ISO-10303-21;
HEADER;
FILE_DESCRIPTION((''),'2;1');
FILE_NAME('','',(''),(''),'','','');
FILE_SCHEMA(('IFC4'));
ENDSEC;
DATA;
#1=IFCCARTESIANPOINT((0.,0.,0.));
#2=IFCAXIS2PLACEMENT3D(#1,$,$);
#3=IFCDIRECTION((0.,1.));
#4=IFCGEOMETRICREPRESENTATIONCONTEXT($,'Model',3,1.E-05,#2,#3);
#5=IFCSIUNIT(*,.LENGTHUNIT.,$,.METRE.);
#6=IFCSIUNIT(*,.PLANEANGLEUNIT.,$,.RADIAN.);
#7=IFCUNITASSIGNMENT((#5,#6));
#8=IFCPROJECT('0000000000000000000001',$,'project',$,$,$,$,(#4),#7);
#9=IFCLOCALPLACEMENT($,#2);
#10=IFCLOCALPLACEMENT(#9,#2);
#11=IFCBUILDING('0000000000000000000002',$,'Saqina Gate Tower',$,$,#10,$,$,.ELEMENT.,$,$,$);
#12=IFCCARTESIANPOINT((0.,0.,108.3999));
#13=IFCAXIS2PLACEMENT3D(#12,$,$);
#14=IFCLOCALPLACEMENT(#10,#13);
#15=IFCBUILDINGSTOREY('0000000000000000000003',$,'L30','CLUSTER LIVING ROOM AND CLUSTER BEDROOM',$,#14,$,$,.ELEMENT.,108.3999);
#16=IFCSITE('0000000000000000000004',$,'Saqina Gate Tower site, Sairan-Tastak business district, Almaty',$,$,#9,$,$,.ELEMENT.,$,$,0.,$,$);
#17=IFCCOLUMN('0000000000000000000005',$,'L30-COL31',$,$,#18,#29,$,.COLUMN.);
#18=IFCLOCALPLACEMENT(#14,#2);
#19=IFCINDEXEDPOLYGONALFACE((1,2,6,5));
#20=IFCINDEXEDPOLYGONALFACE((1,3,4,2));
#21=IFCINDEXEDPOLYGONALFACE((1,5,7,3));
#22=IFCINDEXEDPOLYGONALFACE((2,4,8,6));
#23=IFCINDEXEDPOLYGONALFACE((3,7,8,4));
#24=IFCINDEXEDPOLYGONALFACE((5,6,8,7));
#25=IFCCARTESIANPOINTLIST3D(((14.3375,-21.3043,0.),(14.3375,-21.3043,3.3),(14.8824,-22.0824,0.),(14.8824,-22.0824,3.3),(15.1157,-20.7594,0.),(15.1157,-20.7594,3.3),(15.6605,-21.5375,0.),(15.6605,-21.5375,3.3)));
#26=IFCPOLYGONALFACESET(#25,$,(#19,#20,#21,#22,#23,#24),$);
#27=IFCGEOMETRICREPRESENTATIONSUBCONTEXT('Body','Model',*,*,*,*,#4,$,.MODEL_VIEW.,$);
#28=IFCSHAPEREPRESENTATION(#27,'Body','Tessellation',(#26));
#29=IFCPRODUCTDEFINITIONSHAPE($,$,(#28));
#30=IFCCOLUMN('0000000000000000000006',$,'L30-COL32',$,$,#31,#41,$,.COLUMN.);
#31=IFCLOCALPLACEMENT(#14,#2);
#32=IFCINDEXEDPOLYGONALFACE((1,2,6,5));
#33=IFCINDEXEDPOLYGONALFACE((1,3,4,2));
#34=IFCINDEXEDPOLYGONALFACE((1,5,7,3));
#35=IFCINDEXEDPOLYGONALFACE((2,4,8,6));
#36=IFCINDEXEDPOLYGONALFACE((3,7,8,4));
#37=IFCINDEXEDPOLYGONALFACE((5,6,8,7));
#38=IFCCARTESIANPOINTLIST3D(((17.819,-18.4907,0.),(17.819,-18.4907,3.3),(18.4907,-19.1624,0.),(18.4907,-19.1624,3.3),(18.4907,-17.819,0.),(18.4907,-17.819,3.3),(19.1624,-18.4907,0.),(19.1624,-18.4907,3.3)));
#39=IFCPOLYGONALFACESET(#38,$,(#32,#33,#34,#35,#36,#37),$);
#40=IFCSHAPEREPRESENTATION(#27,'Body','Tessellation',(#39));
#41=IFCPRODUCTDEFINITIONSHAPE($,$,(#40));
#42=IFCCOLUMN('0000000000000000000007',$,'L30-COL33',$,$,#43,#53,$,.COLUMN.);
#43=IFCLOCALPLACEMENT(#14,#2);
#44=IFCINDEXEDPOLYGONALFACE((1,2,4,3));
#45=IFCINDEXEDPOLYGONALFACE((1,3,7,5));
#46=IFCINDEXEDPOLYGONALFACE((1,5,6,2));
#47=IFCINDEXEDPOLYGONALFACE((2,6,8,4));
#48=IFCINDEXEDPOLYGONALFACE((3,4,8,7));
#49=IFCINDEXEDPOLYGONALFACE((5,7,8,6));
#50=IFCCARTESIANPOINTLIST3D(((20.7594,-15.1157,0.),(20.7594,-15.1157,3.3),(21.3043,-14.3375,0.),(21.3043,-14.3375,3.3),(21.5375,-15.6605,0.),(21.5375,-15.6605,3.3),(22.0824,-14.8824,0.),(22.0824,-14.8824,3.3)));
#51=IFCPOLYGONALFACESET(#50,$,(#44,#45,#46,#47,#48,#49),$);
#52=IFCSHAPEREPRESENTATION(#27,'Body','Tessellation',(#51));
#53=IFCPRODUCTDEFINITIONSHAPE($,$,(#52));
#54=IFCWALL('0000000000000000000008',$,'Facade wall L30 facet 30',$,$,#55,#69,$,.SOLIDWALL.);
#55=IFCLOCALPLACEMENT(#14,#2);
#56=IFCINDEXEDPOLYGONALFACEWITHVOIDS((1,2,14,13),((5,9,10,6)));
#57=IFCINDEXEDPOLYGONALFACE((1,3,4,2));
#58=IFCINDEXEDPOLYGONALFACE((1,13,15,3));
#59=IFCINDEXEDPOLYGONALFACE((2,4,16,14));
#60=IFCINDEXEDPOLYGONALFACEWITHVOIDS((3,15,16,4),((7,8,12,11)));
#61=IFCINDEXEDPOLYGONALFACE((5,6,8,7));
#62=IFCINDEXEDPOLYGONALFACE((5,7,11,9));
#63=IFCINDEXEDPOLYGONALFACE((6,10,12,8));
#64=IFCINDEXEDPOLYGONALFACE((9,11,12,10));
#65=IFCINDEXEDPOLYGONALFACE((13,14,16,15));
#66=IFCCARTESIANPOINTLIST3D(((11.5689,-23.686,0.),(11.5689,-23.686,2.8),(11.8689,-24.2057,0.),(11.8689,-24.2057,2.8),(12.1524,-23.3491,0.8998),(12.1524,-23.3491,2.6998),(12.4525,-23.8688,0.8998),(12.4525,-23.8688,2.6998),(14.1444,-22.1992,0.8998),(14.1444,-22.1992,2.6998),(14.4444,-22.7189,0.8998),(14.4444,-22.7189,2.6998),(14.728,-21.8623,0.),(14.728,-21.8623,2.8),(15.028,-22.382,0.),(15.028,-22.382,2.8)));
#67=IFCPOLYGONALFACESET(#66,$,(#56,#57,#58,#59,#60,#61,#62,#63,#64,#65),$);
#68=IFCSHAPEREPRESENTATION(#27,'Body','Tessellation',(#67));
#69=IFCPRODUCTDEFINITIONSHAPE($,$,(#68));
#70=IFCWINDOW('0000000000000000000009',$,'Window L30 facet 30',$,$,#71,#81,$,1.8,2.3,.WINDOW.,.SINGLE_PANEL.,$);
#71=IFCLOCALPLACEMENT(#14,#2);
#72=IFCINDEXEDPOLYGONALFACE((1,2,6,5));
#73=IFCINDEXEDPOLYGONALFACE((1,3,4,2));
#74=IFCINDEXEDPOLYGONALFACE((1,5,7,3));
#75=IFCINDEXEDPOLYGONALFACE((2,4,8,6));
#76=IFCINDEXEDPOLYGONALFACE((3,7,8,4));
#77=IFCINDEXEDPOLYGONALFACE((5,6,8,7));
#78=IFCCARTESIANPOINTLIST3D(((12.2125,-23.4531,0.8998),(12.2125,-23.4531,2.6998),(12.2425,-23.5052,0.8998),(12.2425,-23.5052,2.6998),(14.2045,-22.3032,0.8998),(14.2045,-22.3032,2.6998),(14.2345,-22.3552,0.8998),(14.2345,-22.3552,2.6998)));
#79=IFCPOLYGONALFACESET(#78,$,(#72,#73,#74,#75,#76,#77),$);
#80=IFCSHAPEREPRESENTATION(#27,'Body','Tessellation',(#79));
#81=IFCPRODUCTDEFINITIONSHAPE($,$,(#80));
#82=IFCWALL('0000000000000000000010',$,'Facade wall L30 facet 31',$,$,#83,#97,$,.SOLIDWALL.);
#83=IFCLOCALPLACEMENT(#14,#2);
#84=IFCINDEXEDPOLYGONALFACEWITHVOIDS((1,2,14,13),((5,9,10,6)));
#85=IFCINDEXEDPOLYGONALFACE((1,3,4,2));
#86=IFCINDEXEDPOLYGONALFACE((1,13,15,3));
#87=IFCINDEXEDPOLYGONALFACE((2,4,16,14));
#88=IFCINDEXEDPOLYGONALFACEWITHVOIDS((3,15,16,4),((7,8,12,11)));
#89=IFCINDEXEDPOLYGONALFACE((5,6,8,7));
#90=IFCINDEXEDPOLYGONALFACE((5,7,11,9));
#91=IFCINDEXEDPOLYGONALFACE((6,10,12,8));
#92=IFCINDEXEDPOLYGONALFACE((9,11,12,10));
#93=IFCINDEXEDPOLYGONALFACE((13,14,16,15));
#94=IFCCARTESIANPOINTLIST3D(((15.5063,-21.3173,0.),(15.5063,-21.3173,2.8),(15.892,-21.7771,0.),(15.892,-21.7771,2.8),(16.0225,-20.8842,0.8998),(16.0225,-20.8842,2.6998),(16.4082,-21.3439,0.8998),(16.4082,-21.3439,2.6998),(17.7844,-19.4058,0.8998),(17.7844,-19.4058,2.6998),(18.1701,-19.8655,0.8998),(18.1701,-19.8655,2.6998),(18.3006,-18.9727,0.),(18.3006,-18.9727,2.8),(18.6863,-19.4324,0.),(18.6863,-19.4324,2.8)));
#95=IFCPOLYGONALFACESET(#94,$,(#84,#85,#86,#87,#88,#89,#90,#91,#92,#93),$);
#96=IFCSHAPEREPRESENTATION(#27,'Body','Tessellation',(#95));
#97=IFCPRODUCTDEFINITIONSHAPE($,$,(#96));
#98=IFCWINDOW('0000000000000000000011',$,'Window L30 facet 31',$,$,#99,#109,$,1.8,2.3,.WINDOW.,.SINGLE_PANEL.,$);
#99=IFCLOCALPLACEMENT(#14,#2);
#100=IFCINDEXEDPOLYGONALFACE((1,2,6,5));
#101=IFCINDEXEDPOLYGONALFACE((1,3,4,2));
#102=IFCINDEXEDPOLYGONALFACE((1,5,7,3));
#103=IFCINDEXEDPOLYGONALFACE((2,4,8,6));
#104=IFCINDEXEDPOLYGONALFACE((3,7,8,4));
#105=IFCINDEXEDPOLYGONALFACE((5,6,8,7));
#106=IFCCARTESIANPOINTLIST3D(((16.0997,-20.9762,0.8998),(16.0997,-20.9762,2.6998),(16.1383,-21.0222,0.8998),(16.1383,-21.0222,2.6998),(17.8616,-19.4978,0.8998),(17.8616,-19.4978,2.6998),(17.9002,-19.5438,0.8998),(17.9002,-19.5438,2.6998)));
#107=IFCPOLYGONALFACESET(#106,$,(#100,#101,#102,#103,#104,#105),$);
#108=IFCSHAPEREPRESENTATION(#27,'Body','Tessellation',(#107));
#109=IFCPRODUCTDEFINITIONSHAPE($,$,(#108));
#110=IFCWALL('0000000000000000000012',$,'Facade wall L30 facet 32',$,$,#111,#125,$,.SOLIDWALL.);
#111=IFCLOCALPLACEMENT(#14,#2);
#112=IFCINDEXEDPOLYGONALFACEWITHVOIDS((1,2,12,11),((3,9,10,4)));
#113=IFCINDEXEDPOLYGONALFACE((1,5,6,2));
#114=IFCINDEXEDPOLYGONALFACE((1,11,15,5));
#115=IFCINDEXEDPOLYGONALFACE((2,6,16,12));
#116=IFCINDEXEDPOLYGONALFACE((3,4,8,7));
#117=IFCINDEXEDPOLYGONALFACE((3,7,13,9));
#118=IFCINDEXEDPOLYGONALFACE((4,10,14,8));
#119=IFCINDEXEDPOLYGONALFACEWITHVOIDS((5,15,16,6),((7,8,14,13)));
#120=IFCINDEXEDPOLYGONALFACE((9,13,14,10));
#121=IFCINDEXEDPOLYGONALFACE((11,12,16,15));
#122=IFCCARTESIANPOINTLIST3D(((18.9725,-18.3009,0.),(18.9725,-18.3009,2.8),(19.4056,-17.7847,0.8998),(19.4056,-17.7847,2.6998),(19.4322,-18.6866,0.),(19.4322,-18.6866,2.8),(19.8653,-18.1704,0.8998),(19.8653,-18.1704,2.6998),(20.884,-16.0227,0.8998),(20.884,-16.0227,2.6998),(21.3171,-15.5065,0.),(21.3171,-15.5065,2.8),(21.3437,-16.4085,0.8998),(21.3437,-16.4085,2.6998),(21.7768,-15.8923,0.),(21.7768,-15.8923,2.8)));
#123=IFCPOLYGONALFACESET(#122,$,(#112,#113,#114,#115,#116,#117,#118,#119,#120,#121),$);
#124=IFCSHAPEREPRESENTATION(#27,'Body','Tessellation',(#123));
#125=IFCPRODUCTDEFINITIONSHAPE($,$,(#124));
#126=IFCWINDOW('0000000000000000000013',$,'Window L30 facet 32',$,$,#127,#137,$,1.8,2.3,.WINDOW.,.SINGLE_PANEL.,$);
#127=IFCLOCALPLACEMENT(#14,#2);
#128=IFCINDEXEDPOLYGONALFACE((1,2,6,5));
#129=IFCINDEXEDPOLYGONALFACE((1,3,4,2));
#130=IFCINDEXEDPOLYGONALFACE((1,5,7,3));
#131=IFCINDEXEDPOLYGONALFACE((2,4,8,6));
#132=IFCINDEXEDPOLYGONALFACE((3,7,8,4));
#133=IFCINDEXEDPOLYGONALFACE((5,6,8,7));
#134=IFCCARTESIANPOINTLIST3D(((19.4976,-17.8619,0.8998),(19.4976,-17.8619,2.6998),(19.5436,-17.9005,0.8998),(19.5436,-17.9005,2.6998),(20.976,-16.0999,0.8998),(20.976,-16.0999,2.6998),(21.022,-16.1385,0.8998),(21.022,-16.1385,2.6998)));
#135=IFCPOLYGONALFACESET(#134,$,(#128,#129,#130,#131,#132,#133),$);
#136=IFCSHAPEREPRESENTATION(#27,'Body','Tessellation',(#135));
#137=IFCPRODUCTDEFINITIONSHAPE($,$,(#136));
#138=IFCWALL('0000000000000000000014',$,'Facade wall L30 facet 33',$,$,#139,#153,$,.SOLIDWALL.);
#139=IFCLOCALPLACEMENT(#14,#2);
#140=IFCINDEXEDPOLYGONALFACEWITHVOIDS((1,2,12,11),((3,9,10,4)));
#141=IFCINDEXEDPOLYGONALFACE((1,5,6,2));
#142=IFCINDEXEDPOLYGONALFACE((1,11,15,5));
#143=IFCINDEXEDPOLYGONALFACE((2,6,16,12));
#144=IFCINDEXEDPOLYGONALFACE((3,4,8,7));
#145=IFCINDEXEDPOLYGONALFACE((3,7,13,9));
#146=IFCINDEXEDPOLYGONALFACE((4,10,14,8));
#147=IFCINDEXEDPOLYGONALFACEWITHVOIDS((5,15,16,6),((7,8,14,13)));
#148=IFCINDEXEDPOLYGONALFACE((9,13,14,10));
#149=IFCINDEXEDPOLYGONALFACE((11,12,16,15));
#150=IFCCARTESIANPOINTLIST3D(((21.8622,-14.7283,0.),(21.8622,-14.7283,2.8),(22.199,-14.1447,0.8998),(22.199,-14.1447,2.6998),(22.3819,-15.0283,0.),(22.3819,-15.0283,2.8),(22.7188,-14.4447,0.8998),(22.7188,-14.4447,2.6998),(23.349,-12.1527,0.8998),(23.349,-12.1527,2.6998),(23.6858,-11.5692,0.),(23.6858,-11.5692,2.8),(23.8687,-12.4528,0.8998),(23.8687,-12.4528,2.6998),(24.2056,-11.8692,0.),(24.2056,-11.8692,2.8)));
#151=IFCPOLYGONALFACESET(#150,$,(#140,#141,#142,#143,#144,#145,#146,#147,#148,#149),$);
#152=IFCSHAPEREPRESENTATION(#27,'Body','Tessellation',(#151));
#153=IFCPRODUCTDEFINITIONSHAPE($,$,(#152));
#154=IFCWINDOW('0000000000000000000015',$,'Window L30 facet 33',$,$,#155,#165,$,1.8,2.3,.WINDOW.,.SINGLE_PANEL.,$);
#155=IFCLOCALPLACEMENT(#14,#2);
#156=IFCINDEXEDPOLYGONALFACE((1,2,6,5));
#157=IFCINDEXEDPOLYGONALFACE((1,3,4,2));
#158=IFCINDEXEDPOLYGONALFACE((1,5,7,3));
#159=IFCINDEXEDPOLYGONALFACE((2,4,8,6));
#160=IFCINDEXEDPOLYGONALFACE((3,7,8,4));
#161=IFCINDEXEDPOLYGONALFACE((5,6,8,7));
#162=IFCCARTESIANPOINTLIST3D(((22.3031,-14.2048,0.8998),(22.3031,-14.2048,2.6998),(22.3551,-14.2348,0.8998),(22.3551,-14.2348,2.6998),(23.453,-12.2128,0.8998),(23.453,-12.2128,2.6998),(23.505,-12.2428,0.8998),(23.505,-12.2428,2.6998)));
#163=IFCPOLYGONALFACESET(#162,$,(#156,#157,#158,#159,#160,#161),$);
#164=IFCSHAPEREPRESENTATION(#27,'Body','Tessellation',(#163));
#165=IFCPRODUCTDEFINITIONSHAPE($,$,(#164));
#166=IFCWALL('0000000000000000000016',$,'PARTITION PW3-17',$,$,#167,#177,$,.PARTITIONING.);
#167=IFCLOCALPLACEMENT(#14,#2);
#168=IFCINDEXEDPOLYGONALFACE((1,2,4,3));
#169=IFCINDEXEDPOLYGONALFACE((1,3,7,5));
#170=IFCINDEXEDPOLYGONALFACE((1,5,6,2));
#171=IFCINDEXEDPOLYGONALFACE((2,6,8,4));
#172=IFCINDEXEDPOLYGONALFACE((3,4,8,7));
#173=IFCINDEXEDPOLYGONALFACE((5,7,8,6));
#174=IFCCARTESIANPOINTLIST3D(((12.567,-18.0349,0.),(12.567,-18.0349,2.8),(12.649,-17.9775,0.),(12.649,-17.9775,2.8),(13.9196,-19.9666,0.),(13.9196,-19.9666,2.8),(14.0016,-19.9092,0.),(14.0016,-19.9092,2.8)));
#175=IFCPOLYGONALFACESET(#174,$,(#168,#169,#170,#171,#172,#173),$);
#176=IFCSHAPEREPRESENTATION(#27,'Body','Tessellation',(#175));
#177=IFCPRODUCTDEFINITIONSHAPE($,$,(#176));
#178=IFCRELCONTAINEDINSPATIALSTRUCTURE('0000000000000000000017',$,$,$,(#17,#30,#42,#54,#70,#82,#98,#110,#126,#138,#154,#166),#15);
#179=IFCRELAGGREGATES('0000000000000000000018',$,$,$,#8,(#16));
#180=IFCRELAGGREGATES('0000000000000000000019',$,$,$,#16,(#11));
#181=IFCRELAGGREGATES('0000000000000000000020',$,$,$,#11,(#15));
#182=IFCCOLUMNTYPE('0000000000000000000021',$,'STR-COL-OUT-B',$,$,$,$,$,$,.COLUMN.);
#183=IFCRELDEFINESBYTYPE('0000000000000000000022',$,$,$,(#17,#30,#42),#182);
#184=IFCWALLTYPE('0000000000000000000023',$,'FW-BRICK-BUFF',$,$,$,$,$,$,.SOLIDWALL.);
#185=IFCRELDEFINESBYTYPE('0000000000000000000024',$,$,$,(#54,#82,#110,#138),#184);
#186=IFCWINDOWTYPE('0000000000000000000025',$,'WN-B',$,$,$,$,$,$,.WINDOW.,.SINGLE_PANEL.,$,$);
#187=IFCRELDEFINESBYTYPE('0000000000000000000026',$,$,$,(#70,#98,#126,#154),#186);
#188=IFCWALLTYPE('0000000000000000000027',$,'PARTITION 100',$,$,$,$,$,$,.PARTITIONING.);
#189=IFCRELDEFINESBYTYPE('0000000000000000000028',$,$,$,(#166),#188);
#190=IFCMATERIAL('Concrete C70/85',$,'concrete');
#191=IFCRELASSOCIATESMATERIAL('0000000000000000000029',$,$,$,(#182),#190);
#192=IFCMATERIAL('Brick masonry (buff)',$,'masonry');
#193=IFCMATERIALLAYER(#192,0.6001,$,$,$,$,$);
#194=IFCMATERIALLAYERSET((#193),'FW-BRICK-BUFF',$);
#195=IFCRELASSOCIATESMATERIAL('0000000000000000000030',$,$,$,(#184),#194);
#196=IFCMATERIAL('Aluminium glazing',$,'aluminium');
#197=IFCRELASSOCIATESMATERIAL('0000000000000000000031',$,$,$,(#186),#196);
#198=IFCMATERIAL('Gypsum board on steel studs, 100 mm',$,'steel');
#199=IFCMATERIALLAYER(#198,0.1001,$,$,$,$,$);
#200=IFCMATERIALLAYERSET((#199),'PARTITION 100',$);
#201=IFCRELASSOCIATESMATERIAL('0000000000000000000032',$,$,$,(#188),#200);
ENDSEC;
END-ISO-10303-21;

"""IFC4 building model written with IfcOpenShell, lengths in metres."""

from ifc_helpers import new_model, si_unit, direction, frame, frame_2d, origin, origin_2d, place, context, subcontext, project, spatial, rectangle, extrude, material, layer, layer_set, material_profile, profile_set, type_object, element, fill, save


model = new_model("IFC4")

# Units and contexts
model_context = context("Model", 3, precision=1e-05, world=origin(), true_north=direction((0.0, 1.0)))
body_context = subcontext(model_context, "Body", "Model", "MODEL_VIEW")
ifc_project = project(units=[si_unit("LENGTHUNIT", "METRE"), si_unit("PLANEANGLEUNIT", "RADIAN")], contexts=[model_context])

# Site, building, storey
site_placement = place(None, origin())
site = spatial("IfcSite", under=ifc_project, at=site_placement, Name="Saqina Gate Tower site, Sairan-Tastak business district, Almaty", CompositionType="ELEMENT", RefElevation=0.0)
building_placement = place(site_placement, origin())
building = spatial("IfcBuilding", under=site, at=building_placement, Name="Saqina Gate Tower", CompositionType="ELEMENT")
storey_placement = place(building_placement, frame((0.0, 0.0, 108.3999)))
storey = spatial("IfcBuildingStorey", under=building, at=storey_placement, Name="L30", Description="CLUSTER LIVING ROOM AND CLUSTER BEDROOM", CompositionType="ELEMENT", Elevation=108.3999)

# Columns
ifc_material_1 = material(Name="Concrete C70/85", Category="concrete")
ifc_material_profile = material_profile(ifc_material_1, rectangle(XDim=0.95, YDim=0.95, at=origin_2d()), Name="RC 950x950")
ifc_profile_set = profile_set([ifc_material_profile], Name="Concrete C70/85")
column_type = type_object("IfcColumnType", Name="STR-COL-OUT-B", PredefinedType="COLUMN", material=ifc_profile_set)
for number, where, z_axis, x_axis, name in (
    (1, (14.999, -21.4209, 0.0), (0.0, 0.0, 1.0), (0.573576, -0.819152, 0.0), "L30-COL31"),
    (2, (18.4907, -18.4907, 0.0), (0.0, 0.0, 1.0), (0.707107, -0.707107, 0.0), "L30-COL32"),
    (3, (21.4209, -14.999, 0.0), (0.0, 0.0, 1.0), (0.819152, -0.573576, 0.0), "L30-COL33"),
):
    element("IfcColumn", number, at=place(storey_placement, frame(where, z_axis=z_axis, x_axis=x_axis)), inside=storey, type_object=column_type, Name=name, PredefinedType="COLUMN", context=body_context, shape_type="SweptSolid", body=[
        extrude(rectangle(XDim=0.95, YDim=0.95, at=origin_2d()), origin(), (0.0, 0.0, 1.0), 3.3),
    ])

# Walls, openings, windows
ifc_material_2 = material(Name="Brick masonry (buff)", Category="masonry")
ifc_layer_1 = layer(ifc_material_2, 0.6001)
ifc_layer_set_1 = layer_set([ifc_layer_1], Name="FW-BRICK-BUFF")
wall_type_1 = type_object("IfcWallType", Name="FW-BRICK-BUFF", PredefinedType="SOLIDWALL", material=ifc_layer_set_1)
wall_1_placement = place(storey_placement, frame((11.719, -23.9458, 0.0), z_axis=(0.0, 0.0, 1.0), x_axis=(0.866052, 0.499954, 0.0)))
wall_1 = element("IfcWall", 4, at=wall_1_placement, inside=storey, type_object=wall_type_1, Name="Facade wall L30 facet 30", PredefinedType="SOLIDWALL", context=body_context, shape_type="SweptSolid", body=[
    extrude(rectangle(XDim=3.6477, YDim=0.6001, at=frame_2d((1.8237, 0.0))), origin(), (0.0, 0.0, 1.0), 2.8),
])
opening_1_placement = place(wall_1_placement, frame((0.6738, 0.0, 0.8999)))
opening_1 = element("IfcOpeningElement", 5, at=opening_1_placement, cuts=wall_1, PredefinedType="OPENING", context=body_context, shape_type="SweptSolid", body=[
    extrude(rectangle(XDim=2.3, YDim=1.8, at=frame_2d((1.1499, 0.8999))), frame((0.0, 0.312, 0.0), z_axis=(0.0, -1.0, 0.0), x_axis=(1.0, 0.0, 0.0)), (0.0, 0.0, 1.0), 0.624),
])
ifc_material_3 = material(Name="Aluminium glazing", Category="aluminium")
window_type = type_object("IfcWindowType", Name="WN-B", PartitioningType="SINGLE_PANEL", PredefinedType="WINDOW", material=ifc_material_3)
window_1_placement = place(opening_1_placement, origin())
window_1 = element("IfcWindow", 6, at=window_1_placement, inside=storey, type_object=window_type, Name="Window L30 facet 30", OverallHeight=1.8, OverallWidth=2.3, PartitioningType="SINGLE_PANEL", PredefinedType="WINDOW", context=body_context, shape_type="SweptSolid", body=[
    extrude(rectangle(XDim=2.3, YDim=1.8, at=frame_2d((1.1499, 0.8999))), frame((0.0, 0.1799, 0.0), z_axis=(0.0, -1.0, 0.0), x_axis=(1.0, 0.0, 0.0)), (0.0, 0.0, 1.0), 0.0601),
])
fill(opening_1, window_1)
wall_2_placement = place(storey_placement, frame((15.6992, -21.5471, 0.0), z_axis=(0.0, 0.0, 1.0), x_axis=(0.766055, 0.642774, 0.0)))
wall_2 = element("IfcWall", 7, at=wall_2_placement, inside=storey, type_object=wall_type_1, Name="Facade wall L30 facet 31", PredefinedType="SOLIDWALL", context=body_context, shape_type="SweptSolid", body=[
    extrude(rectangle(XDim=3.6477, YDim=0.6001, at=frame_2d((1.8237, 0.0))), origin(), (0.0, 0.0, 1.0), 2.8),
])
opening_2_placement = place(wall_2_placement, frame((0.6738, 0.0, 0.8999)))
opening_2 = element("IfcOpeningElement", 8, at=opening_2_placement, cuts=wall_2, PredefinedType="OPENING", context=body_context, shape_type="SweptSolid", body=[
    extrude(rectangle(XDim=2.3, YDim=1.8, at=frame_2d((1.1499, 0.8999))), frame((0.0, 0.312, 0.0), z_axis=(0.0, -1.0, 0.0), x_axis=(1.0, 0.0, 0.0)), (0.0, 0.0, 1.0), 0.624),
])
window_2_placement = place(opening_2_placement, origin())
window_2 = element("IfcWindow", 9, at=window_2_placement, inside=storey, type_object=window_type, Name="Window L30 facet 31", OverallHeight=1.8, OverallWidth=2.3, PartitioningType="SINGLE_PANEL", PredefinedType="WINDOW", context=body_context, shape_type="SweptSolid", body=[
    extrude(rectangle(XDim=2.3, YDim=1.8, at=frame_2d((1.1499, 0.8999))), frame((0.0, 0.1799, 0.0), z_axis=(0.0, -1.0, 0.0), x_axis=(1.0, 0.0, 0.0)), (0.0, 0.0, 1.0), 0.0601),
])
fill(opening_2, window_2)
wall_3_placement = place(storey_placement, frame((19.2024, -18.4937, 0.0), z_axis=(0.0, 0.0, 1.0), x_axis=(0.642774, 0.766055, 0.0)))
wall_3 = element("IfcWall", 10, at=wall_3_placement, inside=storey, type_object=wall_type_1, Name="Facade wall L30 facet 32", PredefinedType="SOLIDWALL", context=body_context, shape_type="SweptSolid", body=[
    extrude(rectangle(XDim=3.6477, YDim=0.6001, at=frame_2d((1.8237, 0.0))), origin(), (0.0, 0.0, 1.0), 2.8),
])
opening_3_placement = place(wall_3_placement, frame((0.6738, 0.0, 0.8999)))
opening_3 = element("IfcOpeningElement", 11, at=opening_3_placement, cuts=wall_3, PredefinedType="OPENING", context=body_context, shape_type="SweptSolid", body=[
    extrude(rectangle(XDim=2.3, YDim=1.8, at=frame_2d((1.1499, 0.8999))), frame((0.0, 0.312, 0.0), z_axis=(0.0, -1.0, 0.0), x_axis=(1.0, 0.0, 0.0)), (0.0, 0.0, 1.0), 0.624),
])
window_3_placement = place(opening_3_placement, origin())
window_3 = element("IfcWindow", 12, at=window_3_placement, inside=storey, type_object=window_type, Name="Window L30 facet 32", OverallHeight=1.8, OverallWidth=2.3, PartitioningType="SINGLE_PANEL", PredefinedType="WINDOW", context=body_context, shape_type="SweptSolid", body=[
    extrude(rectangle(XDim=2.3, YDim=1.8, at=frame_2d((1.1499, 0.8999))), frame((0.0, 0.1799, 0.0), z_axis=(0.0, -1.0, 0.0), x_axis=(1.0, 0.0, 0.0)), (0.0, 0.0, 1.0), 0.0601),
])
fill(opening_3, window_3)
wall_4_placement = place(storey_placement, frame((22.1221, -14.8782, 0.0), z_axis=(0.0, 0.0, 1.0), x_axis=(0.499954, 0.866052, 0.0)))
wall_4 = element("IfcWall", 13, at=wall_4_placement, inside=storey, type_object=wall_type_1, Name="Facade wall L30 facet 33", PredefinedType="SOLIDWALL", context=body_context, shape_type="SweptSolid", body=[
    extrude(rectangle(XDim=3.6477, YDim=0.6001, at=frame_2d((1.8237, 0.0))), origin(), (0.0, 0.0, 1.0), 2.8),
])
opening_4_placement = place(wall_4_placement, frame((0.6738, 0.0, 0.8999)))
opening_4 = element("IfcOpeningElement", 14, at=opening_4_placement, cuts=wall_4, PredefinedType="OPENING", context=body_context, shape_type="SweptSolid", body=[
    extrude(rectangle(XDim=2.3, YDim=1.8, at=frame_2d((1.1499, 0.8999))), frame((0.0, 0.312, 0.0), z_axis=(0.0, -1.0, 0.0), x_axis=(1.0, 0.0, 0.0)), (0.0, 0.0, 1.0), 0.624),
])
window_4_placement = place(opening_4_placement, origin())
window_4 = element("IfcWindow", 15, at=window_4_placement, inside=storey, type_object=window_type, Name="Window L30 facet 33", OverallHeight=1.8, OverallWidth=2.3, PartitioningType="SINGLE_PANEL", PredefinedType="WINDOW", context=body_context, shape_type="SweptSolid", body=[
    extrude(rectangle(XDim=2.3, YDim=1.8, at=frame_2d((1.1499, 0.8999))), frame((0.0, 0.1799, 0.0), z_axis=(0.0, -1.0, 0.0), x_axis=(1.0, 0.0, 0.0)), (0.0, 0.0, 1.0), 0.0601),
])
fill(opening_4, window_4)

# Wall
ifc_material_4 = material(Name="Gypsum board on steel studs, 100 mm", Category="steel")
ifc_layer_2 = layer(ifc_material_4, 0.1001)
ifc_layer_set_2 = layer_set([ifc_layer_2], Name="PARTITION 100")
wall_type_2 = type_object("IfcWallType", Name="PARTITION 100", PredefinedType="PARTITIONING", material=ifc_layer_set_2)
wall_5_placement = place(storey_placement, frame((12.6079, -18.0061, 0.0), z_axis=(0.0, 0.0, 1.0), x_axis=(0.573574, -0.819154, 0.0)))
element("IfcWall", 16, at=wall_5_placement, inside=storey, type_object=wall_type_2, Name="PARTITION PW3-17", PredefinedType="PARTITIONING", context=body_context, shape_type="SweptSolid", body=[
    extrude(rectangle(XDim=2.3582, YDim=0.1001, at=frame_2d((1.1792, 0.0))), origin(), (0.0, 0.0, 1.0), 2.8),
])

save(model, "model.ifc")
